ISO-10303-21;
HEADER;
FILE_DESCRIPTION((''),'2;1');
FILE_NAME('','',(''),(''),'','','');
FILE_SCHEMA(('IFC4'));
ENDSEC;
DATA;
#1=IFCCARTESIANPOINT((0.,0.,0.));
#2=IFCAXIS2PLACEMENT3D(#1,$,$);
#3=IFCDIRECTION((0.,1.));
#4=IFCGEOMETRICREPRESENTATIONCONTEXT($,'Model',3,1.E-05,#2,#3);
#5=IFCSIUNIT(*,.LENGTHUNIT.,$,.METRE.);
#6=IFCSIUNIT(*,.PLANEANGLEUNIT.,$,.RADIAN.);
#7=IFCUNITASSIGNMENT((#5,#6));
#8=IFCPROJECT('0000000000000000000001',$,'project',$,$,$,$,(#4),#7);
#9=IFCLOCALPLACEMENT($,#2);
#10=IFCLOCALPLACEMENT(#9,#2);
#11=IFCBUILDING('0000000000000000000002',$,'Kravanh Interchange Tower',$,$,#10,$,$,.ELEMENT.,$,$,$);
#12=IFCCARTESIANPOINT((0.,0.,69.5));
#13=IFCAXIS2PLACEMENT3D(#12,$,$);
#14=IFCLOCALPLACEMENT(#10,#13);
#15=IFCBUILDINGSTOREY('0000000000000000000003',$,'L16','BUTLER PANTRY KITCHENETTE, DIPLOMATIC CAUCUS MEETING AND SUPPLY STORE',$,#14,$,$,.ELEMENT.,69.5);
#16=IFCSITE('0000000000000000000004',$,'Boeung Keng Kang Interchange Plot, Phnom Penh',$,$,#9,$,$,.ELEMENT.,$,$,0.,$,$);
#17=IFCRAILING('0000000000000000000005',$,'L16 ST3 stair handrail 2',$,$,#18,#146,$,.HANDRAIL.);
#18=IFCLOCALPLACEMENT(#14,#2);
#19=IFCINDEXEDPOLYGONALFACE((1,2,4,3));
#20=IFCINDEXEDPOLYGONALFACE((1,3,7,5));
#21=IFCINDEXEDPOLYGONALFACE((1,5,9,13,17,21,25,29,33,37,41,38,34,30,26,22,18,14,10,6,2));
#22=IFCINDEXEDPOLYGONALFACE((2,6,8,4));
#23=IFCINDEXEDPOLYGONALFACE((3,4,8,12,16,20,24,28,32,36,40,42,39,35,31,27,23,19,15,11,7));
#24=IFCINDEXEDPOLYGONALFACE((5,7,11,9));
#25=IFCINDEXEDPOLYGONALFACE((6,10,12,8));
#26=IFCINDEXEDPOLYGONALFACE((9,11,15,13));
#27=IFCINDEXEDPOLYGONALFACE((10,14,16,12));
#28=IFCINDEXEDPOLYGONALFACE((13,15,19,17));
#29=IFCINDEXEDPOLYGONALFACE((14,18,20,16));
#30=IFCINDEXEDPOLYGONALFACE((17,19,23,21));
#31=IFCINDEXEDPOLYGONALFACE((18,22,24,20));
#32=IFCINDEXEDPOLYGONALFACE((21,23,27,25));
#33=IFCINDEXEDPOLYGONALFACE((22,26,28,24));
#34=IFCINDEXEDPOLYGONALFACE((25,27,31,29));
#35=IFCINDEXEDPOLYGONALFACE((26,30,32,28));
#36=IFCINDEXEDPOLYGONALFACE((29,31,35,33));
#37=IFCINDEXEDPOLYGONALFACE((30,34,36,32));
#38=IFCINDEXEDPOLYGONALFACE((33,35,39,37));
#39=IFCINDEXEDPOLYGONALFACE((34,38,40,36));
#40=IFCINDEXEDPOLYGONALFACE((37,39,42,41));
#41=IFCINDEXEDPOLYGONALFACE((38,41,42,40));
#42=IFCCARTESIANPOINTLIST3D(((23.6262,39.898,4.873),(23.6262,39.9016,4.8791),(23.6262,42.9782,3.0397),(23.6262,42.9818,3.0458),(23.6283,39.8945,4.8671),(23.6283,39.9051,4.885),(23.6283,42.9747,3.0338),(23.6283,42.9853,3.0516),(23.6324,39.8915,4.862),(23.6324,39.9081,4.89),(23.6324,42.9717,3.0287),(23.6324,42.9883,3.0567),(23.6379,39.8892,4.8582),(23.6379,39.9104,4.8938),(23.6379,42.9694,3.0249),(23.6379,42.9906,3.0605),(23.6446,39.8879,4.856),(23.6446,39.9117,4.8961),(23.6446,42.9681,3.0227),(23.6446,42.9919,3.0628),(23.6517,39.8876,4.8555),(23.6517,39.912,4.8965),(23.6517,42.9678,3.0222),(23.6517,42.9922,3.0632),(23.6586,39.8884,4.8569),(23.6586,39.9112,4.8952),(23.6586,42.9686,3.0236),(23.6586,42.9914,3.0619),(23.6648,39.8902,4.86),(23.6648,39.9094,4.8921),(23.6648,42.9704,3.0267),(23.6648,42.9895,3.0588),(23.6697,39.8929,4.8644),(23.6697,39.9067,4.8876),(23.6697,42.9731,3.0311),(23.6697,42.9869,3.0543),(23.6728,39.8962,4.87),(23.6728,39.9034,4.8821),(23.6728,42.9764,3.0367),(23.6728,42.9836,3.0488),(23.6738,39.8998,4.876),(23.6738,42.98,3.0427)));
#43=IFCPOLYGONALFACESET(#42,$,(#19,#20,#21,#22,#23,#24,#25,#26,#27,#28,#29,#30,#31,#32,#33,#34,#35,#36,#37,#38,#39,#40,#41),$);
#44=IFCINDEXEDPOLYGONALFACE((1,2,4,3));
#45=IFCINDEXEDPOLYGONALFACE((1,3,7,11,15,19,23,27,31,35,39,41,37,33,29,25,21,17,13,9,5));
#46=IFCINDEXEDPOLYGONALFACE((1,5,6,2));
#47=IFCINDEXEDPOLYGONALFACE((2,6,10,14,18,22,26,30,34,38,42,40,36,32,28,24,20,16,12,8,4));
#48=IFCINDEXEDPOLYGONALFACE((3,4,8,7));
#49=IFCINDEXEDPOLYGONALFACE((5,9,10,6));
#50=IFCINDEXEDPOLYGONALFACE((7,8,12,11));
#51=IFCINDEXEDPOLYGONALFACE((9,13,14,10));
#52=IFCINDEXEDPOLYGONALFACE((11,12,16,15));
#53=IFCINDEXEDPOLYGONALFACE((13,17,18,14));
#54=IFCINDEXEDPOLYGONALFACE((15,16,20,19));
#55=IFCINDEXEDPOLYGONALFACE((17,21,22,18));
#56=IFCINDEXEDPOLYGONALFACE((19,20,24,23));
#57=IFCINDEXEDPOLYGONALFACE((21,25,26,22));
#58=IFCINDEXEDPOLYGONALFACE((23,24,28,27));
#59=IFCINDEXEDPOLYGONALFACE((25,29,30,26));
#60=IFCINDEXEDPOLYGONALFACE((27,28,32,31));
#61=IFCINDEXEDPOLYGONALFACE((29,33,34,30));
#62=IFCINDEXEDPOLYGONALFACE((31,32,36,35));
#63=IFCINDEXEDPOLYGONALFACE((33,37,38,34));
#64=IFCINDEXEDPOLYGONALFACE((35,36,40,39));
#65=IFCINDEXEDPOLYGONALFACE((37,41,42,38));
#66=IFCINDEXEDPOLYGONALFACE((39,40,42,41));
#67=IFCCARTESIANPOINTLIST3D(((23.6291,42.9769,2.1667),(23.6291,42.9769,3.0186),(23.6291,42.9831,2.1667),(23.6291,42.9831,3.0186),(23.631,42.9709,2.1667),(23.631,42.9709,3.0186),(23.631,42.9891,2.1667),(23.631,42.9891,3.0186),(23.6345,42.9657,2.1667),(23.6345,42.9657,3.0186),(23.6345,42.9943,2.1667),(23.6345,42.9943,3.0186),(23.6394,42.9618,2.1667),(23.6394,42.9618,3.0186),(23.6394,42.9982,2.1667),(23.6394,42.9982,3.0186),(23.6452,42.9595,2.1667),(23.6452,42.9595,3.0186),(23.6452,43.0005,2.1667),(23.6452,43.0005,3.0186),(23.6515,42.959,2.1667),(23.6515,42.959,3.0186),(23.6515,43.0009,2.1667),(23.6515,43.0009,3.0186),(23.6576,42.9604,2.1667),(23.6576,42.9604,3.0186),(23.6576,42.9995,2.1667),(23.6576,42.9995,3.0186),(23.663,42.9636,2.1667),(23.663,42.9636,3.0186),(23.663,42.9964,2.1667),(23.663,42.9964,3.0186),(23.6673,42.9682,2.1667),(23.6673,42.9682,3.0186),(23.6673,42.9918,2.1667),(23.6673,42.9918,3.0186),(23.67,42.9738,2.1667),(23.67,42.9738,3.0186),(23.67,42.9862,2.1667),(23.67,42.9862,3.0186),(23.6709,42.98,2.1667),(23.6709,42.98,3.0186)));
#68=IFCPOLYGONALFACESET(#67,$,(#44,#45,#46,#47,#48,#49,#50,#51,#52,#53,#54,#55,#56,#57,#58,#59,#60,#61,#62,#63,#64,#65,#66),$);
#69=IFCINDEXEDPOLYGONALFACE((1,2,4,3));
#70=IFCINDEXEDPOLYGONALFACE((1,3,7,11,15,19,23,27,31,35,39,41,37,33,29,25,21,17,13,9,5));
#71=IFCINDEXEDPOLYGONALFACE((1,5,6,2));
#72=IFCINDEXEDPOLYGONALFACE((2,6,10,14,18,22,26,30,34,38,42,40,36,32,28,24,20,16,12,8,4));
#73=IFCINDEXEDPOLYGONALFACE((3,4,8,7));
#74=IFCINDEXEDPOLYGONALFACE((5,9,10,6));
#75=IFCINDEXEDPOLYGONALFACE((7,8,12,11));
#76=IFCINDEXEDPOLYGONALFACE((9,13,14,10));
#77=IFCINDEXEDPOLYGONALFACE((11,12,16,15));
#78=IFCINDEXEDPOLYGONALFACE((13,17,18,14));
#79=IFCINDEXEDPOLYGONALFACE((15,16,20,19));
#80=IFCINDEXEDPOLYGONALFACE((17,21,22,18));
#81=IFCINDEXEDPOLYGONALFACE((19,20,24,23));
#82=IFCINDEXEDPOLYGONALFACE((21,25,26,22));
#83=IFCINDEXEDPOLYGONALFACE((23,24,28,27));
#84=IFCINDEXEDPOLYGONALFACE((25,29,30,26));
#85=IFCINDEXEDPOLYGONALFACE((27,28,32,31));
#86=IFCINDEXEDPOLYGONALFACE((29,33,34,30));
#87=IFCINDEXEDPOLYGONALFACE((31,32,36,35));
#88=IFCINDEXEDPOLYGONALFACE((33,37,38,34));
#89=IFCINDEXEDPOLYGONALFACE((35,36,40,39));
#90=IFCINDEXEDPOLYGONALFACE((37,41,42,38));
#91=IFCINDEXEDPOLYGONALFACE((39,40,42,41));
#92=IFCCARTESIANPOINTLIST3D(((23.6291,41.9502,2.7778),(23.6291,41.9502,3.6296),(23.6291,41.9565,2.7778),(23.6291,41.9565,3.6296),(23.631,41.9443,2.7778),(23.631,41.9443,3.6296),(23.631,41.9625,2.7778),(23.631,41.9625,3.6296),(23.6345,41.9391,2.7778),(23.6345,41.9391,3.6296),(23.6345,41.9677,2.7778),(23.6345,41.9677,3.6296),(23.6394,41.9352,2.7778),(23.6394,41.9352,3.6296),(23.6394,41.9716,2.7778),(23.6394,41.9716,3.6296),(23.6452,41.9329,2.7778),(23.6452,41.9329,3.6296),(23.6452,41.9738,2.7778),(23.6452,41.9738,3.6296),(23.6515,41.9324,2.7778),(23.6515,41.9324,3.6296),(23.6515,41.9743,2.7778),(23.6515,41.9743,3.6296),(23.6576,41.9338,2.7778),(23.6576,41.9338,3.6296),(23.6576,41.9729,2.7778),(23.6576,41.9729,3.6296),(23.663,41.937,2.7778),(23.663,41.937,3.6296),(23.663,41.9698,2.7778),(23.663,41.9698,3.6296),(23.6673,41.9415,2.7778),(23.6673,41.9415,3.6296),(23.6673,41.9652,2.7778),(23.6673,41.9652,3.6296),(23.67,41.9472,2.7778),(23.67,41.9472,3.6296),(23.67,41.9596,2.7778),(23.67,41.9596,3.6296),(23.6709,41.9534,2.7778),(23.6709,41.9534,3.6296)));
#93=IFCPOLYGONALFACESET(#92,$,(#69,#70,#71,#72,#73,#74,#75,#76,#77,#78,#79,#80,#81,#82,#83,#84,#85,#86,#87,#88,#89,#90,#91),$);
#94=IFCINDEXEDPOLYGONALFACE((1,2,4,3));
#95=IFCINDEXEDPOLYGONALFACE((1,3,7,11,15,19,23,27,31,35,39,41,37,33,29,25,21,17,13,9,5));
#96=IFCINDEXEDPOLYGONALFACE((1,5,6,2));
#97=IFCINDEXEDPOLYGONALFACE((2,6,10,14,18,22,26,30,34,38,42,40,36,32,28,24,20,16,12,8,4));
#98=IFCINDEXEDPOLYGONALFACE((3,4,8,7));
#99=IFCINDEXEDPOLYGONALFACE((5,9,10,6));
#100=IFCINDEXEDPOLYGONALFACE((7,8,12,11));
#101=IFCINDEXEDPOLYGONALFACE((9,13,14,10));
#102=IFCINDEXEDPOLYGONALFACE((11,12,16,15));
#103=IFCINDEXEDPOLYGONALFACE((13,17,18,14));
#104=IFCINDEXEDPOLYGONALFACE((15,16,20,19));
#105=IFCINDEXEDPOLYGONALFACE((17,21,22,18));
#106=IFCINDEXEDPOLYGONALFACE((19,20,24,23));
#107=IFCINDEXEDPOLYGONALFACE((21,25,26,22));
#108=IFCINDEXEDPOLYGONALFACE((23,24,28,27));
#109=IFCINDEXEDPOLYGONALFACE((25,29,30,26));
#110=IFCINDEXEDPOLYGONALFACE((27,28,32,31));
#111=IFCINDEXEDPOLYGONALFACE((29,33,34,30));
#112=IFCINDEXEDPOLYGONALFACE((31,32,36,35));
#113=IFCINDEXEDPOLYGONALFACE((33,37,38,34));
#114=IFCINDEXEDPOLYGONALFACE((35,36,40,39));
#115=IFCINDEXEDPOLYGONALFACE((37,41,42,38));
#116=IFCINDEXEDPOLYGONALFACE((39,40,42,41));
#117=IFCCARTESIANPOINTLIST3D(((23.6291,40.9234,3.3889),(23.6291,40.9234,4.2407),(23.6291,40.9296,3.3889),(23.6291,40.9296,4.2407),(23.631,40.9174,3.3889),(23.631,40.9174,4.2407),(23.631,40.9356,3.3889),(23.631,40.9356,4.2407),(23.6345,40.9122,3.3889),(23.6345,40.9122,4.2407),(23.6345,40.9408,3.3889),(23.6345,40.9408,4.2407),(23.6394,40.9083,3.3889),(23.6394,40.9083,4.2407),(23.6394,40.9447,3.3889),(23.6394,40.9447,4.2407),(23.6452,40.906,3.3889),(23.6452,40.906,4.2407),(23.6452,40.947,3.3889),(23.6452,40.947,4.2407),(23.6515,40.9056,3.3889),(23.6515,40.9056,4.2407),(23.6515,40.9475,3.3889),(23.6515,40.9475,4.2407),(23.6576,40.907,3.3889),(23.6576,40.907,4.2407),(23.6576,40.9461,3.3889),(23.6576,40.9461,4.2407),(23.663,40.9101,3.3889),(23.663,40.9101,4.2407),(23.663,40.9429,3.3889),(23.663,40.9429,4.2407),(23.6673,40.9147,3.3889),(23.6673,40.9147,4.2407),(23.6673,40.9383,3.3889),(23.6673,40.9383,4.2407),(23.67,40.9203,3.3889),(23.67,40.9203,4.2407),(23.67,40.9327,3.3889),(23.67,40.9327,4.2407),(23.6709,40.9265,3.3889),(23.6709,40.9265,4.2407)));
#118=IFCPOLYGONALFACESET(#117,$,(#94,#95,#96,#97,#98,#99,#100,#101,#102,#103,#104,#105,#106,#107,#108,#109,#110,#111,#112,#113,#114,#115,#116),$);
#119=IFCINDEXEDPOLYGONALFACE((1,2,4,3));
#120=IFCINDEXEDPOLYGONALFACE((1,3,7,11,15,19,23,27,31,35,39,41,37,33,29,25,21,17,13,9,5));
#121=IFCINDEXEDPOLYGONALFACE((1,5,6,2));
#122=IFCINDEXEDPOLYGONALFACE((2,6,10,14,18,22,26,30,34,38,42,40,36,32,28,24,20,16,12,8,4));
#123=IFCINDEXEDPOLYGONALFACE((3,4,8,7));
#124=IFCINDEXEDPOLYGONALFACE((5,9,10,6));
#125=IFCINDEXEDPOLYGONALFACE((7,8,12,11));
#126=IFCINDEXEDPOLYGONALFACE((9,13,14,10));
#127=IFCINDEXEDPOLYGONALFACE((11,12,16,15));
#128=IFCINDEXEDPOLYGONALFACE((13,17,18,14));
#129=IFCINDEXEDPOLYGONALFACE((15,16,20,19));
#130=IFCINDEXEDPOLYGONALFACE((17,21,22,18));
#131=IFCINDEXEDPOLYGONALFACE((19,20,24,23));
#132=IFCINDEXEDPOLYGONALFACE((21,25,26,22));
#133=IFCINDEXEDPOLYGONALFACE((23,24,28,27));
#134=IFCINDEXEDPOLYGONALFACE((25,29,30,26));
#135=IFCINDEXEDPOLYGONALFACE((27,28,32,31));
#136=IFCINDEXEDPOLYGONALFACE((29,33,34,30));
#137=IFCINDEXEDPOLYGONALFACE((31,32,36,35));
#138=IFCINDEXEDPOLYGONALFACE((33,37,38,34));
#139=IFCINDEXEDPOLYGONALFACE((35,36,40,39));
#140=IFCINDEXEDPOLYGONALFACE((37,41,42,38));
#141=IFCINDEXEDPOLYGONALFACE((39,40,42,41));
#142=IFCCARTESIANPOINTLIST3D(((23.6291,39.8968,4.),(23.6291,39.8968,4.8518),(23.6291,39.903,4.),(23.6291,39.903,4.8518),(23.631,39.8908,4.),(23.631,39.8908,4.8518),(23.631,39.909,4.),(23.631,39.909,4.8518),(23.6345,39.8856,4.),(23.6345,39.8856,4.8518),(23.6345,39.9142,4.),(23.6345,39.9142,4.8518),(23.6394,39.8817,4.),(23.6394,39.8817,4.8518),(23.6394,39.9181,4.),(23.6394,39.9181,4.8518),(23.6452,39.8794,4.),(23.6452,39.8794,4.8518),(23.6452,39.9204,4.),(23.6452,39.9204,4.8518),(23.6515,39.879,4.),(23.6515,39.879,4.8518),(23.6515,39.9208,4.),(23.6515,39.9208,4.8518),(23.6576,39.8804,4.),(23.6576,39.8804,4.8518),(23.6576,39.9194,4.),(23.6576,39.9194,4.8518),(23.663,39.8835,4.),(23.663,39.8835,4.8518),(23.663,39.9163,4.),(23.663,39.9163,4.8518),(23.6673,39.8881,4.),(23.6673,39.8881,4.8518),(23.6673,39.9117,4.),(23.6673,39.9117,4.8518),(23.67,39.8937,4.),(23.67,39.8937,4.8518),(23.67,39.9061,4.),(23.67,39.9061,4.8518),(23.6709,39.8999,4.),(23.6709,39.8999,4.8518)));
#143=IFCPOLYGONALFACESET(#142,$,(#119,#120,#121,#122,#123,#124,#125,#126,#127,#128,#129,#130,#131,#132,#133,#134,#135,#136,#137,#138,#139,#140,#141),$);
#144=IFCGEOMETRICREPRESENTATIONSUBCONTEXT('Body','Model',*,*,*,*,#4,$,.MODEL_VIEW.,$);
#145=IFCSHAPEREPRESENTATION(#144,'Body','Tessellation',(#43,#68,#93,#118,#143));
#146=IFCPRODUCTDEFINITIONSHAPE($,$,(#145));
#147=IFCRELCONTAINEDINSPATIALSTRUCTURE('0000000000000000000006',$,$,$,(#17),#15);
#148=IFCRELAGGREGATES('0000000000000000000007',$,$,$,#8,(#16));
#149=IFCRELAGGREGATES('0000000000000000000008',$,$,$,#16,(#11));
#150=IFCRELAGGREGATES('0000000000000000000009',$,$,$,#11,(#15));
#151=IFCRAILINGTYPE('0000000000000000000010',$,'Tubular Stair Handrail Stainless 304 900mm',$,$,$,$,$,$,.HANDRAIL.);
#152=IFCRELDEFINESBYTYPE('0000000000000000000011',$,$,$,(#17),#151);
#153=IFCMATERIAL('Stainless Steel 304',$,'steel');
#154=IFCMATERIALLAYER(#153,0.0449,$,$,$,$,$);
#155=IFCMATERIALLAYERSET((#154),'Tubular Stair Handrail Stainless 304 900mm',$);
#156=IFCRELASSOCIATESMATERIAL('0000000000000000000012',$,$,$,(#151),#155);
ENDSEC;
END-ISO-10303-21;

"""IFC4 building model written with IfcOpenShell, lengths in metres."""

from ifc_helpers import new_model, si_unit, direction, frame, origin, origin_2d, place, context, subcontext, project, spatial, circle, extrude, material, layer, layer_set, type_object, element, save


model = new_model("IFC4")

# Units and contexts
model_context = context("Model", 3, precision=1e-05, world=origin(), true_north=direction((0.0, 1.0)))
body_context = subcontext(model_context, "Body", "Model", "MODEL_VIEW")
ifc_project = project(units=[si_unit("LENGTHUNIT", "METRE"), si_unit("PLANEANGLEUNIT", "RADIAN")], contexts=[model_context])

# Site, building, storey
site_placement = place(None, origin())
site = spatial("IfcSite", under=ifc_project, at=site_placement, Name="Boeung Keng Kang Interchange Plot, Phnom Penh", CompositionType="ELEMENT", RefElevation=0.0)
building_placement = place(site_placement, origin())
building = spatial("IfcBuilding", under=site, at=building_placement, Name="Kravanh Interchange Tower", CompositionType="ELEMENT")
storey_placement = place(building_placement, frame((0.0, 0.0, 69.5)))
storey = spatial("IfcBuildingStorey", under=building, at=storey_placement, Name="L16", Description="BUTLER PANTRY KITCHENETTE, DIPLOMATIC CAUCUS MEETING AND SUPPLY STORE", CompositionType="ELEMENT", Elevation=69.5)

# Railing
ifc_material_1 = material(Name="Stainless Steel 304", Category="steel")
ifc_layer_1 = layer(ifc_material_1, 0.0449)
ifc_layer_set_1 = layer_set([ifc_layer_1], Name="Tubular Stair Handrail Stainless 304 900mm")
railing_type_1 = type_object("IfcRailingType", Name="Tubular Stair Handrail Stainless 304 900mm", PredefinedType="HANDRAIL", material=ifc_layer_set_1)
railing_1_placement = place(storey_placement, frame((23.6499, 42.98, 2.1667)))
element("IfcRailing", 1, at=railing_1_placement, inside=storey, type_object=railing_type_1, Name="L16 ST3 stair handrail 2", PredefinedType="HANDRAIL", context=body_context, shape_type="SweptSolid", body=[
    extrude(circle(Radius=0.0239, at=origin_2d()), frame((0.0, 0.0, 0.876), z_axis=(0.0, -0.859309, 0.511458), x_axis=(1.0, 0.0, 0.0)), (0.0, 0.0, 1.0), 3.5845),
    extrude(circle(Radius=0.021, at=origin_2d()), origin(), (0.0, 0.0, 1.0), 0.8518),
    extrude(circle(Radius=0.021, at=origin_2d()), frame((0.0, -1.0266, 0.6111)), (0.0, 0.0, 1.0), 0.8518),
    extrude(circle(Radius=0.021, at=origin_2d()), frame((0.0, -2.0535, 1.2222)), (0.0, 0.0, 1.0), 0.8518),
    extrude(circle(Radius=0.021, at=origin_2d()), frame((0.0, -3.0801, 1.8333)), (0.0, 0.0, 1.0), 0.8518),
])

save(model, "model.ifc")
